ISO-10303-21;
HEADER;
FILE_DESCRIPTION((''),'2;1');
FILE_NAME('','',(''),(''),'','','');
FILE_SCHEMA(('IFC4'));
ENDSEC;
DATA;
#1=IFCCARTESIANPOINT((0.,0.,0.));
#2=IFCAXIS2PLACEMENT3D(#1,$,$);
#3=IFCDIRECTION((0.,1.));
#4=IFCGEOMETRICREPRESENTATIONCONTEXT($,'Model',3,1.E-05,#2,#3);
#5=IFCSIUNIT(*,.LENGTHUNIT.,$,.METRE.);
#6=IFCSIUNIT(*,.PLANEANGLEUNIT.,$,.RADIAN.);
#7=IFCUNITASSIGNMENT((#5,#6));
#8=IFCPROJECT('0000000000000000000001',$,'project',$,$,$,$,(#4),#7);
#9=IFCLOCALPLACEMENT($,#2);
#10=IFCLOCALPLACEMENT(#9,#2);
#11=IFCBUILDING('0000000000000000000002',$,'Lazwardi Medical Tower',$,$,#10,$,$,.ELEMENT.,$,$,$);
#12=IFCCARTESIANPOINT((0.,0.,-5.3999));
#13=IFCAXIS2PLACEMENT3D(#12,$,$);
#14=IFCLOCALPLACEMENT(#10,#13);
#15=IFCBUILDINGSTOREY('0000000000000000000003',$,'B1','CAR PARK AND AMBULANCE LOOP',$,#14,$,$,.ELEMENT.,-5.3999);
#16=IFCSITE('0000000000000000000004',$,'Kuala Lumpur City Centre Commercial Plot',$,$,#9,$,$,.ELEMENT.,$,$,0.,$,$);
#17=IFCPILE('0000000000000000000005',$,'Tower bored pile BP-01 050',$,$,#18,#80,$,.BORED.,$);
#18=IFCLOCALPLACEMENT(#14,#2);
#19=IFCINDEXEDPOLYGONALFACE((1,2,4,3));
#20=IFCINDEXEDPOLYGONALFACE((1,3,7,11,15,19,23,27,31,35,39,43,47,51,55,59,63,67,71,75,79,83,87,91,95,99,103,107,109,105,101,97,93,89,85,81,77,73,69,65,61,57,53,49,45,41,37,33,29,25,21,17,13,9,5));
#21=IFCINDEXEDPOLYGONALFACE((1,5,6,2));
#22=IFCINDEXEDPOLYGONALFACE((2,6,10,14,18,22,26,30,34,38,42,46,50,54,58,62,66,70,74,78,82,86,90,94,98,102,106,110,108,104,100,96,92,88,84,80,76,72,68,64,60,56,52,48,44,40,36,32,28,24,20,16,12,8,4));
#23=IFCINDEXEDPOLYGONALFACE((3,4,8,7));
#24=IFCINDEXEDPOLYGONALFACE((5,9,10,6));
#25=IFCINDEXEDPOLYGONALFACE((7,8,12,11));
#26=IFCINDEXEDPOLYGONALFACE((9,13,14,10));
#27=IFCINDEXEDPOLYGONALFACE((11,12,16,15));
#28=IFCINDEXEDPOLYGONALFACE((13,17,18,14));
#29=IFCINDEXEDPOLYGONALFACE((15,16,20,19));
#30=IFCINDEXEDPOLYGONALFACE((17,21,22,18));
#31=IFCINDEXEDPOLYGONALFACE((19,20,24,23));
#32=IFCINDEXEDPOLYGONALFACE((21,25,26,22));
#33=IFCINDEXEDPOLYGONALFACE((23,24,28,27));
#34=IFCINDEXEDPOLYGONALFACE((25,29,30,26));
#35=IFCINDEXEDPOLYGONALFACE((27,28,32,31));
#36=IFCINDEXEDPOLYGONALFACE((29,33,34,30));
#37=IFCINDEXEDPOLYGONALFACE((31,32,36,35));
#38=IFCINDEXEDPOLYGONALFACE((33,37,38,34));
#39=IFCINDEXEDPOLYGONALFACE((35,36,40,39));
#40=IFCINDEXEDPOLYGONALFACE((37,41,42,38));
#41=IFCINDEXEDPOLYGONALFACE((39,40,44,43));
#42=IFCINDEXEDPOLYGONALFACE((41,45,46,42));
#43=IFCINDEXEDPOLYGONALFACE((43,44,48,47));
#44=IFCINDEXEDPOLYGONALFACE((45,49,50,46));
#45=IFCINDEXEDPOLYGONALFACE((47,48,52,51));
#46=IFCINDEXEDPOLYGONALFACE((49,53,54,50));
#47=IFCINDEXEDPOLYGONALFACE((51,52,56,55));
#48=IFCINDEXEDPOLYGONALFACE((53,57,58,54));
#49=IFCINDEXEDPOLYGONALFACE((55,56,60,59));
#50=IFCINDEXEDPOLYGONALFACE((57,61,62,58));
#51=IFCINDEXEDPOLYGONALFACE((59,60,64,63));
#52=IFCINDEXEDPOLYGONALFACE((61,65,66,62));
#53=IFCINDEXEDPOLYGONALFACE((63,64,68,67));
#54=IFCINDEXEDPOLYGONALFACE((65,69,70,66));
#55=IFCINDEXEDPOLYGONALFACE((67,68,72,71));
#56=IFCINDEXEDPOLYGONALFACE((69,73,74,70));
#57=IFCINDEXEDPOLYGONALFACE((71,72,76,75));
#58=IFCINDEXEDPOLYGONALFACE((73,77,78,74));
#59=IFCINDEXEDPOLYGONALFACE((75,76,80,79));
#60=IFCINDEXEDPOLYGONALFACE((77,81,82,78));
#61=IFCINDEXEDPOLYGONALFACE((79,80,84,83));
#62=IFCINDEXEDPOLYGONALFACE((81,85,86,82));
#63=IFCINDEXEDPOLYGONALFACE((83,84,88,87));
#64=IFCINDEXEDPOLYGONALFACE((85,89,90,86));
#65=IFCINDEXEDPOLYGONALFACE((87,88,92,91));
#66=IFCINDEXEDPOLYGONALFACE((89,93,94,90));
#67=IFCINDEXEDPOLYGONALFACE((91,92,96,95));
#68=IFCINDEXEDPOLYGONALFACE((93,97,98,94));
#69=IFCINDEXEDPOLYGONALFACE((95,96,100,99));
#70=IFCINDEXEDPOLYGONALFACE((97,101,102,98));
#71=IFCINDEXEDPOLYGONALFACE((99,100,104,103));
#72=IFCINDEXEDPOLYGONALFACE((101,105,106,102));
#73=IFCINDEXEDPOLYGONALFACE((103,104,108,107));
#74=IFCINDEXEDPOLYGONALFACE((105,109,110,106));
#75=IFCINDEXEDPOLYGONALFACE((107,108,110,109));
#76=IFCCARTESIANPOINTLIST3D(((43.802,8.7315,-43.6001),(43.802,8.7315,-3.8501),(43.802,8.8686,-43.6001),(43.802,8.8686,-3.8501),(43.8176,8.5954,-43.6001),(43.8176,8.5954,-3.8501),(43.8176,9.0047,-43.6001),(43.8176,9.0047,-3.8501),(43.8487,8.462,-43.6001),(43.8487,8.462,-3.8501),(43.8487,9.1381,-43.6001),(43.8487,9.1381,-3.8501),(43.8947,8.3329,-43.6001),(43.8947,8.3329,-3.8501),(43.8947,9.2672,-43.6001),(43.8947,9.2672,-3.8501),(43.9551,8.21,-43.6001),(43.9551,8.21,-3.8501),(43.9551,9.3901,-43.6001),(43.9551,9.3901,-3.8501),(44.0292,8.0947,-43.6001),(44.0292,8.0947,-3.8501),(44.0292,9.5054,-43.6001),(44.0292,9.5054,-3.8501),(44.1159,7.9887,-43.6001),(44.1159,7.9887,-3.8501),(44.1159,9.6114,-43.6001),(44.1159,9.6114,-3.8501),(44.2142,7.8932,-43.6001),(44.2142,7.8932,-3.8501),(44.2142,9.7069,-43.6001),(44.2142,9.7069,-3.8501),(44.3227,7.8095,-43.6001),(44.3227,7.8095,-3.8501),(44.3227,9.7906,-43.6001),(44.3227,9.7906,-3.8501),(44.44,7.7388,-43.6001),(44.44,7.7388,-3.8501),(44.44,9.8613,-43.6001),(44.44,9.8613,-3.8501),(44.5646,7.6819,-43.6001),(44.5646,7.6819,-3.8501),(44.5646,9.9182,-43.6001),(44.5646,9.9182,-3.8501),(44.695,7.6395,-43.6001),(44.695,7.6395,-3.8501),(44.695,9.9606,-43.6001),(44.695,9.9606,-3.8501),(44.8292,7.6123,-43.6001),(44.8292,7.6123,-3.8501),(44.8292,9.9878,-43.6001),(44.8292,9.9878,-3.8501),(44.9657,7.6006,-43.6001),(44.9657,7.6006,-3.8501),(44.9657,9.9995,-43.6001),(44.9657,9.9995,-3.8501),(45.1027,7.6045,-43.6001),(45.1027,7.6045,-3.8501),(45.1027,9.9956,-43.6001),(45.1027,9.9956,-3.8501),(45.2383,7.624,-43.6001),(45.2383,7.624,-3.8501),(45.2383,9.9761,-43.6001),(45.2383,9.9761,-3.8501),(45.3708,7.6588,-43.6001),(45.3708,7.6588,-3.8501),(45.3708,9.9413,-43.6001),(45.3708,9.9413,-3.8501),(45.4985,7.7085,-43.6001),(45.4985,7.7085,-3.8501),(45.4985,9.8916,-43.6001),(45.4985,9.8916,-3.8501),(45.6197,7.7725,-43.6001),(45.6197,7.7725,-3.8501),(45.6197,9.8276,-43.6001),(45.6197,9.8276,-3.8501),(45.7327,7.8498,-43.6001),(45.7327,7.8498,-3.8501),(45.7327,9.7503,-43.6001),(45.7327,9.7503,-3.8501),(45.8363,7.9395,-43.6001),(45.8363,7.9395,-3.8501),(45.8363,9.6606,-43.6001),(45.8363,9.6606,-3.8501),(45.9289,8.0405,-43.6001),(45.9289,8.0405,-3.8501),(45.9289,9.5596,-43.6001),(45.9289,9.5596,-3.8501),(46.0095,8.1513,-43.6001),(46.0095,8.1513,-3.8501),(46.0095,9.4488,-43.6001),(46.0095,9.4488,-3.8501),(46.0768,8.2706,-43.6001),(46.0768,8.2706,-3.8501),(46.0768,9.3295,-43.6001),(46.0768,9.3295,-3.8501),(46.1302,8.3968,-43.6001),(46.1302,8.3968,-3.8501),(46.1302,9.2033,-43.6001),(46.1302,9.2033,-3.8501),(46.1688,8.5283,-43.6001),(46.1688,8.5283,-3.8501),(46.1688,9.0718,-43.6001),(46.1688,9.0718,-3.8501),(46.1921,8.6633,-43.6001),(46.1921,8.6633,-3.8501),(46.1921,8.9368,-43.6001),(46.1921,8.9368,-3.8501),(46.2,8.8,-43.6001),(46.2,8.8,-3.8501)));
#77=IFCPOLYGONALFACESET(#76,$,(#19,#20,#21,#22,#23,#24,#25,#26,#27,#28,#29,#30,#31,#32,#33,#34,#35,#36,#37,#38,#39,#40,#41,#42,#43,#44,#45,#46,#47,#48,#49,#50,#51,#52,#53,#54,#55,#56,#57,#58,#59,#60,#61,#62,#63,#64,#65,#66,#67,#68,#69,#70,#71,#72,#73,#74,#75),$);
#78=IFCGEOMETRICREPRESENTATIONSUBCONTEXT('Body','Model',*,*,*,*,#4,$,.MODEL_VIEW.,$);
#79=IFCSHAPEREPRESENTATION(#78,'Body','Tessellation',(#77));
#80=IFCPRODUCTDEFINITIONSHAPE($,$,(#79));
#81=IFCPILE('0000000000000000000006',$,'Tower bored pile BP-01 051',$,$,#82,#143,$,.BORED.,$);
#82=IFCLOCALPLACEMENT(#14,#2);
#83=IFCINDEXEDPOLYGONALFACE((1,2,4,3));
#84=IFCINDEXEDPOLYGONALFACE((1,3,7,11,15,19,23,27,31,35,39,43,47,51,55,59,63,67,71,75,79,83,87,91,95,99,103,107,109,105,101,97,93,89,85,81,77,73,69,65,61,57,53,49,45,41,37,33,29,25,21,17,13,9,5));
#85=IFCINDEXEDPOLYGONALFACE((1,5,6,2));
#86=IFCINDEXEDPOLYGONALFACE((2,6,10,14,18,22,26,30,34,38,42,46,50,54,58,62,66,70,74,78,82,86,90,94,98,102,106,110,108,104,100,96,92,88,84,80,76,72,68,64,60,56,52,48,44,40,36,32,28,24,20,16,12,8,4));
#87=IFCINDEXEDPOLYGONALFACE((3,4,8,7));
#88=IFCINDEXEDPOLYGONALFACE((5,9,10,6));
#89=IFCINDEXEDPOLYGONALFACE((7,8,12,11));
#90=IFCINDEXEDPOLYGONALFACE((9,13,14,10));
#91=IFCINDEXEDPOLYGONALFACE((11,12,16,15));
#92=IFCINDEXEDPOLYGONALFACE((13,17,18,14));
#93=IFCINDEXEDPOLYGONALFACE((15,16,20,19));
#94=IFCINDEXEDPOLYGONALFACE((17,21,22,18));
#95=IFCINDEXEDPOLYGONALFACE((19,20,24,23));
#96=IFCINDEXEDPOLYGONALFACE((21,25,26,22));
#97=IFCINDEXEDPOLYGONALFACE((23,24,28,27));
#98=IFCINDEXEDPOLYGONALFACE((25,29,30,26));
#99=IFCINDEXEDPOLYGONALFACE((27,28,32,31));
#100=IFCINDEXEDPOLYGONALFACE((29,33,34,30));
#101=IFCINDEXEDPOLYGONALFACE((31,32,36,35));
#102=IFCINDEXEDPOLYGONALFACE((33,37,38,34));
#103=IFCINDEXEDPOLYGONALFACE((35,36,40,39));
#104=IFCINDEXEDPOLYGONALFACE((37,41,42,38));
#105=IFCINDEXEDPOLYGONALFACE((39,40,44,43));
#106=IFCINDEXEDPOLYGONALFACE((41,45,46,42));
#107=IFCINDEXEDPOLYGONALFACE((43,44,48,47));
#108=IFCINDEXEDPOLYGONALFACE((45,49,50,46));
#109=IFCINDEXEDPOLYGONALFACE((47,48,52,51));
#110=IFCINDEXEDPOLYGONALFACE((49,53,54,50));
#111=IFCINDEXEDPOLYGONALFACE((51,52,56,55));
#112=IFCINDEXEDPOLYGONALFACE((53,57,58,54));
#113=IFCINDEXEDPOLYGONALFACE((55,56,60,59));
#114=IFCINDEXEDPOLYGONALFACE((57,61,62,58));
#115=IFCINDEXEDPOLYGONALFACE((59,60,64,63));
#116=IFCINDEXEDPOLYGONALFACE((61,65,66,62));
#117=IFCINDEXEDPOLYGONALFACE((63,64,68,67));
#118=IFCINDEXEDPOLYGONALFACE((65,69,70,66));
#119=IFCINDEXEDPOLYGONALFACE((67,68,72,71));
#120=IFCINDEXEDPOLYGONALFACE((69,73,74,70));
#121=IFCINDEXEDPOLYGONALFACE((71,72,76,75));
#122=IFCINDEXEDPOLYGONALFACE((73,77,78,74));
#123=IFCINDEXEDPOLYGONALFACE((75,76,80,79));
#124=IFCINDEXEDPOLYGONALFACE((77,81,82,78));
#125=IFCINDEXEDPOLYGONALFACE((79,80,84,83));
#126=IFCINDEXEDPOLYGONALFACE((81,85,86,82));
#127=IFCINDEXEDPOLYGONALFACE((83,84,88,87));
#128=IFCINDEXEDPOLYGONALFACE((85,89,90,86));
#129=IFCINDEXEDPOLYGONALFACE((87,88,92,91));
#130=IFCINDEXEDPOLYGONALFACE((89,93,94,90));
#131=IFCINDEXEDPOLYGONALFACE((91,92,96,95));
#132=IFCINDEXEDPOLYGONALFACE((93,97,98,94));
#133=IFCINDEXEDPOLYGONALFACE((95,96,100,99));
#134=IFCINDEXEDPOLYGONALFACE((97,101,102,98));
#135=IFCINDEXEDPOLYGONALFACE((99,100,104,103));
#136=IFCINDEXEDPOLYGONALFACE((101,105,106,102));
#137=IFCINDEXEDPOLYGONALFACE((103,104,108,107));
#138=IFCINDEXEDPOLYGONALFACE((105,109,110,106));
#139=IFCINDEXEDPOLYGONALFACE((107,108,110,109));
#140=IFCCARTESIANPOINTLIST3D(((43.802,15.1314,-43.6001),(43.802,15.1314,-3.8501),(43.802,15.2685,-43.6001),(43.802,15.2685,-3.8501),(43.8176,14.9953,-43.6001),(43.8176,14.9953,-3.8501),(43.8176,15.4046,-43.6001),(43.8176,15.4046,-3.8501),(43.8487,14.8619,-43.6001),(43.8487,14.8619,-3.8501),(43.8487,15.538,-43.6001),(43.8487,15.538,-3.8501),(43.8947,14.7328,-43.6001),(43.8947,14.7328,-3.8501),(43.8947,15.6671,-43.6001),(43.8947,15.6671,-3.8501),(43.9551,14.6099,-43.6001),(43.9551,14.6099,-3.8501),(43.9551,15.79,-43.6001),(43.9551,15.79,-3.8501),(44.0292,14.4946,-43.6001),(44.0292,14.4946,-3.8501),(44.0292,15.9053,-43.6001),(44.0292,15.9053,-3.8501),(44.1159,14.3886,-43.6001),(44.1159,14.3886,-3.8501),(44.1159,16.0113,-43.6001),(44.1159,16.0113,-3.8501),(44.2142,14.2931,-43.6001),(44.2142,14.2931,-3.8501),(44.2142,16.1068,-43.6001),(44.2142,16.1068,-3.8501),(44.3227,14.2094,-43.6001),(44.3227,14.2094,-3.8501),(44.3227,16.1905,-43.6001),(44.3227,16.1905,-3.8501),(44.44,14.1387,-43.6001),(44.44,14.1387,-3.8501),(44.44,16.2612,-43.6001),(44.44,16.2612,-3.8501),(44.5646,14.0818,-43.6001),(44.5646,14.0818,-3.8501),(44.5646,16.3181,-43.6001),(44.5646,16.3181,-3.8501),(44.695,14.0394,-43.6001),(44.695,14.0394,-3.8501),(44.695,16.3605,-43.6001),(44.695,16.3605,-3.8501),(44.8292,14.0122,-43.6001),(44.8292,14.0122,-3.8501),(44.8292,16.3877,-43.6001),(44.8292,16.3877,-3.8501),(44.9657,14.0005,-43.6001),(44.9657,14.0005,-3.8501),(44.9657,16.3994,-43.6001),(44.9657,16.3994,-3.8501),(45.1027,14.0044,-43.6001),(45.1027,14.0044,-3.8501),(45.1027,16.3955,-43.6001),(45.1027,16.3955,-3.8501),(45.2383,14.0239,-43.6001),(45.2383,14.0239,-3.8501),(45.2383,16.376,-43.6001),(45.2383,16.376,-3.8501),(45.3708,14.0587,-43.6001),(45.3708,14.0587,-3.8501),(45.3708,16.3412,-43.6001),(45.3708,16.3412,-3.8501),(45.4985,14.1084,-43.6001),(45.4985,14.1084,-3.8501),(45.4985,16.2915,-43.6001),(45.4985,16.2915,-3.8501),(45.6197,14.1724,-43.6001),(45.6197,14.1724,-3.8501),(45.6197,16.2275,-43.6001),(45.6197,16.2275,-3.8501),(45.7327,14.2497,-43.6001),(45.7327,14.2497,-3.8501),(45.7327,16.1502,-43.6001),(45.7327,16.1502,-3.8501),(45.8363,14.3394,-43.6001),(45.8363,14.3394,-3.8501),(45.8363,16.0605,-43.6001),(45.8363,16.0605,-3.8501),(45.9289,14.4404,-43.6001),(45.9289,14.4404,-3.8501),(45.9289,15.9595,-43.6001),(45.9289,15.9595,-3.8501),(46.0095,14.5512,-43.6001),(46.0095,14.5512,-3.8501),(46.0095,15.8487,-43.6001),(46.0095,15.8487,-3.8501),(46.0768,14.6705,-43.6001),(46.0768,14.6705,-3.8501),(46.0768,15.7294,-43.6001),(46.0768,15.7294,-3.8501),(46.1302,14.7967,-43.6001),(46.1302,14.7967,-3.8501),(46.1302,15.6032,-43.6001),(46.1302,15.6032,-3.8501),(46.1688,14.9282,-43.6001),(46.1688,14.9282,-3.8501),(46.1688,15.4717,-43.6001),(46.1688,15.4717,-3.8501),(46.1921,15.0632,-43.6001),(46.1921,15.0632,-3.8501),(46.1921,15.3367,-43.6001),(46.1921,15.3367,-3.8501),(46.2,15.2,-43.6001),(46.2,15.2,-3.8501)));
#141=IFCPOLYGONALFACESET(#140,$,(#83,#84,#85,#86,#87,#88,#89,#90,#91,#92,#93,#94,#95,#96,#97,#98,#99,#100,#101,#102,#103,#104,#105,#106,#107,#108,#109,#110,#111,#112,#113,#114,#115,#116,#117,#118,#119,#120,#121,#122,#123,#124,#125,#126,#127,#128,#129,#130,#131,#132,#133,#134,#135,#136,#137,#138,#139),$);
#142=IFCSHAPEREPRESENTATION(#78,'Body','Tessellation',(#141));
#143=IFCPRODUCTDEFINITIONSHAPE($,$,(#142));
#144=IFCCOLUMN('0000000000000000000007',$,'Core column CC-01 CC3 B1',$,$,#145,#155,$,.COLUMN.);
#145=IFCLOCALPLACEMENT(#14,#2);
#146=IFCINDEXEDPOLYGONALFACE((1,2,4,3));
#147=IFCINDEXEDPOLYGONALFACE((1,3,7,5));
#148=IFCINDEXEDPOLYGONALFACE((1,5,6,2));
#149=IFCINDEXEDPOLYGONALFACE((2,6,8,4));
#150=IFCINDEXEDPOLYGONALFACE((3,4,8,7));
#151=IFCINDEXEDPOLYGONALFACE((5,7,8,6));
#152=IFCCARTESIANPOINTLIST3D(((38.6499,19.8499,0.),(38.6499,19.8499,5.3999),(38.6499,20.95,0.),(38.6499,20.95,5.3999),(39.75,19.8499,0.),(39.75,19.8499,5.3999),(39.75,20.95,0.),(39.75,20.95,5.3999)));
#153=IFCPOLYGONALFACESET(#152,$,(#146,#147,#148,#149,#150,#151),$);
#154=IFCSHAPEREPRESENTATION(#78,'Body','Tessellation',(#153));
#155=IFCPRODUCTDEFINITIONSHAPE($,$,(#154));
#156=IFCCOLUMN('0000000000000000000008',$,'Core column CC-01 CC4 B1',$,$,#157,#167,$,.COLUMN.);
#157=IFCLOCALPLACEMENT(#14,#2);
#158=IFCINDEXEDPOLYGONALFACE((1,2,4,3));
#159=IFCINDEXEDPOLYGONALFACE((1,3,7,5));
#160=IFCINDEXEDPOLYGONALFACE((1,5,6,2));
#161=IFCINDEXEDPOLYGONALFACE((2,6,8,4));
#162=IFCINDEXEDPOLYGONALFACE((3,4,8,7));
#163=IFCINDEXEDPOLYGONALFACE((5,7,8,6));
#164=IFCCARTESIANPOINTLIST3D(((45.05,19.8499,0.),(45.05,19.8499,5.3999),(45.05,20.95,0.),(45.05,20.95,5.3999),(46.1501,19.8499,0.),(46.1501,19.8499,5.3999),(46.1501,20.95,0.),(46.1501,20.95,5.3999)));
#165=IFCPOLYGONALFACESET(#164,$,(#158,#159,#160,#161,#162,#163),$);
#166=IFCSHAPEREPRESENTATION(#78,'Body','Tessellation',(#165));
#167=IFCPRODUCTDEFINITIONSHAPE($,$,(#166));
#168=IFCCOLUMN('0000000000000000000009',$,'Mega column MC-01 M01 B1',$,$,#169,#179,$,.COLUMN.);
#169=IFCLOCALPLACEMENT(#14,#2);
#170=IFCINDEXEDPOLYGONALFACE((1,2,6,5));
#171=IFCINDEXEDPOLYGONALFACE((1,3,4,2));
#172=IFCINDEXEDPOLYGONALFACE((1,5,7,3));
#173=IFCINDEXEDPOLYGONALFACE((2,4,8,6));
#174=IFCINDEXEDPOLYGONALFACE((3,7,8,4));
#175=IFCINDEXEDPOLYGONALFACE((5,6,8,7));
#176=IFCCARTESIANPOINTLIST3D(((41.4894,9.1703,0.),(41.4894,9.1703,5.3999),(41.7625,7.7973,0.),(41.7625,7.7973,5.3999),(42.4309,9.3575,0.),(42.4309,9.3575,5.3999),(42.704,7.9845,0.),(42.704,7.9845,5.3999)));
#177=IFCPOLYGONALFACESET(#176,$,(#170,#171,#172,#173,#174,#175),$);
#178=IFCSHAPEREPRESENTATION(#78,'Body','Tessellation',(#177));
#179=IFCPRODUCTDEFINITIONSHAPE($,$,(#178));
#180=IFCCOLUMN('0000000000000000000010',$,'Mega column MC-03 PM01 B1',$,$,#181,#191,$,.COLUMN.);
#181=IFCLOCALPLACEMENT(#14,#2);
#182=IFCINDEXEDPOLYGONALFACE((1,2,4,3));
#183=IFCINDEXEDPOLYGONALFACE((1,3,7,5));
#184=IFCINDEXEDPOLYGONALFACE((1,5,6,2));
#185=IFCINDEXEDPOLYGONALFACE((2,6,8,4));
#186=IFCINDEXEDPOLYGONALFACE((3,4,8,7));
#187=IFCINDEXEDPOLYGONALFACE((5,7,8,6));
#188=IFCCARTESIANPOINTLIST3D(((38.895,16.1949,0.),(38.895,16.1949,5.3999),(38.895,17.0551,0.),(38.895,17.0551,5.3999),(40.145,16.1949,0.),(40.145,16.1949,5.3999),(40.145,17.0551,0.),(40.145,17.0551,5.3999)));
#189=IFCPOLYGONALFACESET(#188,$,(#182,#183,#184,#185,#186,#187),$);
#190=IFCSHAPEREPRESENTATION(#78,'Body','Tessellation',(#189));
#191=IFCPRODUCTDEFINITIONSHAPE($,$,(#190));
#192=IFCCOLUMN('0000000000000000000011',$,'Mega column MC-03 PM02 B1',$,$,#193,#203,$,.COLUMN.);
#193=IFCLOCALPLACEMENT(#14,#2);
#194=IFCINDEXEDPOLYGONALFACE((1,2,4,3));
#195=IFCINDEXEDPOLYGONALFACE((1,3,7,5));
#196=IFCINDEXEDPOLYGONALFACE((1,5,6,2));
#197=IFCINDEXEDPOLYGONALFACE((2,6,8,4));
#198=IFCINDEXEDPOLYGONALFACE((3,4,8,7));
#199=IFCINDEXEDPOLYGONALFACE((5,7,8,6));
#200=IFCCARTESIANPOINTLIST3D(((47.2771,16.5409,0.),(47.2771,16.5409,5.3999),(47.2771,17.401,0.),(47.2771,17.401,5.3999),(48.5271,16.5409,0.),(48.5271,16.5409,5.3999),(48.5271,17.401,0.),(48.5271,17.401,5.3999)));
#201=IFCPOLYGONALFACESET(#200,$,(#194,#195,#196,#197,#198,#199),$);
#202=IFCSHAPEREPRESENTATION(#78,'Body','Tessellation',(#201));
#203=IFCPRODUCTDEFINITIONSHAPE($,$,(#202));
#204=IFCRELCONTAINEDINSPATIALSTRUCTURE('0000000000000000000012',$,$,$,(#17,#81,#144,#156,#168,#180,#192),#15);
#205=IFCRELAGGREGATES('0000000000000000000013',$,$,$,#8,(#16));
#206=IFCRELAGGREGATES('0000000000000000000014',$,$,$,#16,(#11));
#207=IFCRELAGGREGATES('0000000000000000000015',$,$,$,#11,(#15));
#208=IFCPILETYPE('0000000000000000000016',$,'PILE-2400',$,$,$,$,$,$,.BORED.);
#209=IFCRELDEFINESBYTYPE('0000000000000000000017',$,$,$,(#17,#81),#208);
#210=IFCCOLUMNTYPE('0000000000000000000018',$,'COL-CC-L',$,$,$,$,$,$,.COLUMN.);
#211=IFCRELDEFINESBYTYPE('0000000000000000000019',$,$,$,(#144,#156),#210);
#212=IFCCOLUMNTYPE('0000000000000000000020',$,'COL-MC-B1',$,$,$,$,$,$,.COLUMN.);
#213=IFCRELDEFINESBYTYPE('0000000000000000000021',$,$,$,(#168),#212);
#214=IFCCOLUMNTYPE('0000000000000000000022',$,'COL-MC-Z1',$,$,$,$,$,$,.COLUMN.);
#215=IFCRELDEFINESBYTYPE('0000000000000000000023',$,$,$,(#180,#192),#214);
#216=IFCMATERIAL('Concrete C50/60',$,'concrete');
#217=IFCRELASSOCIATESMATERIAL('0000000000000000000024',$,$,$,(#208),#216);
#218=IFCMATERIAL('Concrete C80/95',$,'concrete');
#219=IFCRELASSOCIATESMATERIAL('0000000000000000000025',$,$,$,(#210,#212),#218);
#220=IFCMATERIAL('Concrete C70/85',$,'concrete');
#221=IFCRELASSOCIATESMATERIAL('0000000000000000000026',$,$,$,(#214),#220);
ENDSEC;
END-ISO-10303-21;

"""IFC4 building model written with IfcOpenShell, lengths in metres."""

from ifc_helpers import new_model, si_unit, direction, frame, origin, origin_2d, place, context, subcontext, project, spatial, rectangle, circle, extrude, material, material_profile, profile_set, type_object, element, save


model = new_model("IFC4")

# Units and contexts
model_context = context("Model", 3, precision=1e-05, world=origin(), true_north=direction((0.0, 1.0)))
body_context = subcontext(model_context, "Body", "Model", "MODEL_VIEW")
ifc_project = project(units=[si_unit("LENGTHUNIT", "METRE"), si_unit("PLANEANGLEUNIT", "RADIAN")], contexts=[model_context])

# Site, building, storey
site_placement = place(None, origin())
site = spatial("IfcSite", under=ifc_project, at=site_placement, Name="Kuala Lumpur City Centre Commercial Plot", CompositionType="ELEMENT", RefElevation=0.0)
building_placement = place(site_placement, origin())
building = spatial("IfcBuilding", under=site, at=building_placement, Name="Lazwardi Medical Tower", CompositionType="ELEMENT")
storey_placement = place(building_placement, frame((0.0, 0.0, -5.3999)))
storey = spatial("IfcBuildingStorey", under=building, at=storey_placement, Name="B1", Description="CAR PARK AND AMBULANCE LOOP", CompositionType="ELEMENT", Elevation=-5.3999)

# Piles
ifc_material_1 = material(Name="Concrete C50/60", Category="concrete")
ifc_material_profile_1 = material_profile(ifc_material_1, circle(Radius=1.2, at=origin_2d()), Name="BORED PILE D2400")
ifc_profile_set_1 = profile_set([ifc_material_profile_1], Name="Concrete C50/60")
pile_type = type_object("IfcPileType", Name="PILE-2400", PredefinedType="BORED", material=ifc_profile_set_1)
for number, where, z_axis, x_axis, name in (
    (1, (45.0, 8.8, -3.8501), (0.0, 0.0, -1.0), (1.0, 0.0, 0.0), "Tower bored pile BP-01 050"),
    (2, (45.0, 15.2, -3.8501), (0.0, 0.0, -1.0), (1.0, 0.0, 0.0), "Tower bored pile BP-01 051"),
):
    element("IfcPile", number, at=place(storey_placement, frame(where, z_axis=z_axis, x_axis=x_axis)), inside=storey, type_object=pile_type, Name=name, PredefinedType="BORED", context=body_context, shape_type="SweptSolid", body=[
        extrude(circle(Radius=1.2, at=origin_2d()), origin(), (0.0, 0.0, 1.0), 39.75),
    ])

# Columns
ifc_material_2 = material(Name="Concrete C80/95", Category="concrete")
ifc_material_profile_2 = material_profile(ifc_material_2, rectangle(XDim=1.1001, YDim=1.1001, at=origin_2d()), Name="RC 1100x1100")
ifc_profile_set_2 = profile_set([ifc_material_profile_2], Name="Concrete C80/95")
column_type_1 = type_object("IfcColumnType", Name="COL-CC-L", PredefinedType="COLUMN", material=ifc_profile_set_2)
for number, where, z_axis, x_axis, name in (
    (3, (39.2, 20.3999, 0.0), (0.0, 0.0, 1.0), (1.0, 0.0, 0.0), "Core column CC-01 CC3 B1"),
    (4, (45.6001, 20.3999, 0.0), (0.0, 0.0, 1.0), (1.0, 0.0, 0.0), "Core column CC-01 CC4 B1"),
):
    element("IfcColumn", number, at=place(storey_placement, frame(where, z_axis=z_axis, x_axis=x_axis)), inside=storey, type_object=column_type_1, Name=name, PredefinedType="COLUMN", context=body_context, shape_type="SweptSolid", body=[
        extrude(rectangle(XDim=1.1001, YDim=1.1001, at=origin_2d()), origin(), (0.0, 0.0, 1.0), 5.3999),
    ])
ifc_material_profile_3 = material_profile(ifc_material_2, rectangle(XDim=1.3999, YDim=0.96, at=origin_2d()), Name="CFT-RECT 1400x960")
ifc_profile_set_3 = profile_set([ifc_material_profile_3], Name="Concrete C80/95")
column_type_2 = type_object("IfcColumnType", Name="COL-MC-B1", PredefinedType="COLUMN", material=ifc_profile_set_3)
column_1_placement = place(storey_placement, frame((42.0967, 8.5774, 0.0), z_axis=(0.0, 0.0, 1.0), x_axis=(0.19509, -0.980785, 0.0)))
element("IfcColumn", 5, at=column_1_placement, inside=storey, type_object=column_type_2, Name="Mega column MC-01 M01 B1", PredefinedType="COLUMN", context=body_context, shape_type="SweptSolid", body=[
    extrude(rectangle(XDim=1.3999, YDim=0.96, at=origin_2d()), origin(), (0.0, 0.0, 1.0), 5.3999),
])
ifc_material_3 = material(Name="Concrete C70/85", Category="concrete")
ifc_material_profile_4 = material_profile(ifc_material_3, rectangle(XDim=1.25, YDim=0.8601, at=origin_2d()), Name="CFT-RECT 1250x860")
ifc_profile_set_4 = profile_set([ifc_material_profile_4], Name="Concrete C70/85")
column_type_3 = type_object("IfcColumnType", Name="COL-MC-Z1", PredefinedType="COLUMN", material=ifc_profile_set_4)
for number, where, z_axis, x_axis, name in (
    (6, (39.52, 16.625, 0.0), (0.0, 0.0, 1.0), (1.0, 0.0, 0.0), "Mega column MC-03 PM01 B1"),
    (7, (47.9021, 16.9709, 0.0), (0.0, 0.0, 1.0), (1.0, 0.0, 0.0), "Mega column MC-03 PM02 B1"),
):
    element("IfcColumn", number, at=place(storey_placement, frame(where, z_axis=z_axis, x_axis=x_axis)), inside=storey, type_object=column_type_3, Name=name, PredefinedType="COLUMN", context=body_context, shape_type="SweptSolid", body=[
        extrude(rectangle(XDim=1.25, YDim=0.8601, at=origin_2d()), origin(), (0.0, 0.0, 1.0), 5.3999),
    ])

save(model, "model.ifc")
